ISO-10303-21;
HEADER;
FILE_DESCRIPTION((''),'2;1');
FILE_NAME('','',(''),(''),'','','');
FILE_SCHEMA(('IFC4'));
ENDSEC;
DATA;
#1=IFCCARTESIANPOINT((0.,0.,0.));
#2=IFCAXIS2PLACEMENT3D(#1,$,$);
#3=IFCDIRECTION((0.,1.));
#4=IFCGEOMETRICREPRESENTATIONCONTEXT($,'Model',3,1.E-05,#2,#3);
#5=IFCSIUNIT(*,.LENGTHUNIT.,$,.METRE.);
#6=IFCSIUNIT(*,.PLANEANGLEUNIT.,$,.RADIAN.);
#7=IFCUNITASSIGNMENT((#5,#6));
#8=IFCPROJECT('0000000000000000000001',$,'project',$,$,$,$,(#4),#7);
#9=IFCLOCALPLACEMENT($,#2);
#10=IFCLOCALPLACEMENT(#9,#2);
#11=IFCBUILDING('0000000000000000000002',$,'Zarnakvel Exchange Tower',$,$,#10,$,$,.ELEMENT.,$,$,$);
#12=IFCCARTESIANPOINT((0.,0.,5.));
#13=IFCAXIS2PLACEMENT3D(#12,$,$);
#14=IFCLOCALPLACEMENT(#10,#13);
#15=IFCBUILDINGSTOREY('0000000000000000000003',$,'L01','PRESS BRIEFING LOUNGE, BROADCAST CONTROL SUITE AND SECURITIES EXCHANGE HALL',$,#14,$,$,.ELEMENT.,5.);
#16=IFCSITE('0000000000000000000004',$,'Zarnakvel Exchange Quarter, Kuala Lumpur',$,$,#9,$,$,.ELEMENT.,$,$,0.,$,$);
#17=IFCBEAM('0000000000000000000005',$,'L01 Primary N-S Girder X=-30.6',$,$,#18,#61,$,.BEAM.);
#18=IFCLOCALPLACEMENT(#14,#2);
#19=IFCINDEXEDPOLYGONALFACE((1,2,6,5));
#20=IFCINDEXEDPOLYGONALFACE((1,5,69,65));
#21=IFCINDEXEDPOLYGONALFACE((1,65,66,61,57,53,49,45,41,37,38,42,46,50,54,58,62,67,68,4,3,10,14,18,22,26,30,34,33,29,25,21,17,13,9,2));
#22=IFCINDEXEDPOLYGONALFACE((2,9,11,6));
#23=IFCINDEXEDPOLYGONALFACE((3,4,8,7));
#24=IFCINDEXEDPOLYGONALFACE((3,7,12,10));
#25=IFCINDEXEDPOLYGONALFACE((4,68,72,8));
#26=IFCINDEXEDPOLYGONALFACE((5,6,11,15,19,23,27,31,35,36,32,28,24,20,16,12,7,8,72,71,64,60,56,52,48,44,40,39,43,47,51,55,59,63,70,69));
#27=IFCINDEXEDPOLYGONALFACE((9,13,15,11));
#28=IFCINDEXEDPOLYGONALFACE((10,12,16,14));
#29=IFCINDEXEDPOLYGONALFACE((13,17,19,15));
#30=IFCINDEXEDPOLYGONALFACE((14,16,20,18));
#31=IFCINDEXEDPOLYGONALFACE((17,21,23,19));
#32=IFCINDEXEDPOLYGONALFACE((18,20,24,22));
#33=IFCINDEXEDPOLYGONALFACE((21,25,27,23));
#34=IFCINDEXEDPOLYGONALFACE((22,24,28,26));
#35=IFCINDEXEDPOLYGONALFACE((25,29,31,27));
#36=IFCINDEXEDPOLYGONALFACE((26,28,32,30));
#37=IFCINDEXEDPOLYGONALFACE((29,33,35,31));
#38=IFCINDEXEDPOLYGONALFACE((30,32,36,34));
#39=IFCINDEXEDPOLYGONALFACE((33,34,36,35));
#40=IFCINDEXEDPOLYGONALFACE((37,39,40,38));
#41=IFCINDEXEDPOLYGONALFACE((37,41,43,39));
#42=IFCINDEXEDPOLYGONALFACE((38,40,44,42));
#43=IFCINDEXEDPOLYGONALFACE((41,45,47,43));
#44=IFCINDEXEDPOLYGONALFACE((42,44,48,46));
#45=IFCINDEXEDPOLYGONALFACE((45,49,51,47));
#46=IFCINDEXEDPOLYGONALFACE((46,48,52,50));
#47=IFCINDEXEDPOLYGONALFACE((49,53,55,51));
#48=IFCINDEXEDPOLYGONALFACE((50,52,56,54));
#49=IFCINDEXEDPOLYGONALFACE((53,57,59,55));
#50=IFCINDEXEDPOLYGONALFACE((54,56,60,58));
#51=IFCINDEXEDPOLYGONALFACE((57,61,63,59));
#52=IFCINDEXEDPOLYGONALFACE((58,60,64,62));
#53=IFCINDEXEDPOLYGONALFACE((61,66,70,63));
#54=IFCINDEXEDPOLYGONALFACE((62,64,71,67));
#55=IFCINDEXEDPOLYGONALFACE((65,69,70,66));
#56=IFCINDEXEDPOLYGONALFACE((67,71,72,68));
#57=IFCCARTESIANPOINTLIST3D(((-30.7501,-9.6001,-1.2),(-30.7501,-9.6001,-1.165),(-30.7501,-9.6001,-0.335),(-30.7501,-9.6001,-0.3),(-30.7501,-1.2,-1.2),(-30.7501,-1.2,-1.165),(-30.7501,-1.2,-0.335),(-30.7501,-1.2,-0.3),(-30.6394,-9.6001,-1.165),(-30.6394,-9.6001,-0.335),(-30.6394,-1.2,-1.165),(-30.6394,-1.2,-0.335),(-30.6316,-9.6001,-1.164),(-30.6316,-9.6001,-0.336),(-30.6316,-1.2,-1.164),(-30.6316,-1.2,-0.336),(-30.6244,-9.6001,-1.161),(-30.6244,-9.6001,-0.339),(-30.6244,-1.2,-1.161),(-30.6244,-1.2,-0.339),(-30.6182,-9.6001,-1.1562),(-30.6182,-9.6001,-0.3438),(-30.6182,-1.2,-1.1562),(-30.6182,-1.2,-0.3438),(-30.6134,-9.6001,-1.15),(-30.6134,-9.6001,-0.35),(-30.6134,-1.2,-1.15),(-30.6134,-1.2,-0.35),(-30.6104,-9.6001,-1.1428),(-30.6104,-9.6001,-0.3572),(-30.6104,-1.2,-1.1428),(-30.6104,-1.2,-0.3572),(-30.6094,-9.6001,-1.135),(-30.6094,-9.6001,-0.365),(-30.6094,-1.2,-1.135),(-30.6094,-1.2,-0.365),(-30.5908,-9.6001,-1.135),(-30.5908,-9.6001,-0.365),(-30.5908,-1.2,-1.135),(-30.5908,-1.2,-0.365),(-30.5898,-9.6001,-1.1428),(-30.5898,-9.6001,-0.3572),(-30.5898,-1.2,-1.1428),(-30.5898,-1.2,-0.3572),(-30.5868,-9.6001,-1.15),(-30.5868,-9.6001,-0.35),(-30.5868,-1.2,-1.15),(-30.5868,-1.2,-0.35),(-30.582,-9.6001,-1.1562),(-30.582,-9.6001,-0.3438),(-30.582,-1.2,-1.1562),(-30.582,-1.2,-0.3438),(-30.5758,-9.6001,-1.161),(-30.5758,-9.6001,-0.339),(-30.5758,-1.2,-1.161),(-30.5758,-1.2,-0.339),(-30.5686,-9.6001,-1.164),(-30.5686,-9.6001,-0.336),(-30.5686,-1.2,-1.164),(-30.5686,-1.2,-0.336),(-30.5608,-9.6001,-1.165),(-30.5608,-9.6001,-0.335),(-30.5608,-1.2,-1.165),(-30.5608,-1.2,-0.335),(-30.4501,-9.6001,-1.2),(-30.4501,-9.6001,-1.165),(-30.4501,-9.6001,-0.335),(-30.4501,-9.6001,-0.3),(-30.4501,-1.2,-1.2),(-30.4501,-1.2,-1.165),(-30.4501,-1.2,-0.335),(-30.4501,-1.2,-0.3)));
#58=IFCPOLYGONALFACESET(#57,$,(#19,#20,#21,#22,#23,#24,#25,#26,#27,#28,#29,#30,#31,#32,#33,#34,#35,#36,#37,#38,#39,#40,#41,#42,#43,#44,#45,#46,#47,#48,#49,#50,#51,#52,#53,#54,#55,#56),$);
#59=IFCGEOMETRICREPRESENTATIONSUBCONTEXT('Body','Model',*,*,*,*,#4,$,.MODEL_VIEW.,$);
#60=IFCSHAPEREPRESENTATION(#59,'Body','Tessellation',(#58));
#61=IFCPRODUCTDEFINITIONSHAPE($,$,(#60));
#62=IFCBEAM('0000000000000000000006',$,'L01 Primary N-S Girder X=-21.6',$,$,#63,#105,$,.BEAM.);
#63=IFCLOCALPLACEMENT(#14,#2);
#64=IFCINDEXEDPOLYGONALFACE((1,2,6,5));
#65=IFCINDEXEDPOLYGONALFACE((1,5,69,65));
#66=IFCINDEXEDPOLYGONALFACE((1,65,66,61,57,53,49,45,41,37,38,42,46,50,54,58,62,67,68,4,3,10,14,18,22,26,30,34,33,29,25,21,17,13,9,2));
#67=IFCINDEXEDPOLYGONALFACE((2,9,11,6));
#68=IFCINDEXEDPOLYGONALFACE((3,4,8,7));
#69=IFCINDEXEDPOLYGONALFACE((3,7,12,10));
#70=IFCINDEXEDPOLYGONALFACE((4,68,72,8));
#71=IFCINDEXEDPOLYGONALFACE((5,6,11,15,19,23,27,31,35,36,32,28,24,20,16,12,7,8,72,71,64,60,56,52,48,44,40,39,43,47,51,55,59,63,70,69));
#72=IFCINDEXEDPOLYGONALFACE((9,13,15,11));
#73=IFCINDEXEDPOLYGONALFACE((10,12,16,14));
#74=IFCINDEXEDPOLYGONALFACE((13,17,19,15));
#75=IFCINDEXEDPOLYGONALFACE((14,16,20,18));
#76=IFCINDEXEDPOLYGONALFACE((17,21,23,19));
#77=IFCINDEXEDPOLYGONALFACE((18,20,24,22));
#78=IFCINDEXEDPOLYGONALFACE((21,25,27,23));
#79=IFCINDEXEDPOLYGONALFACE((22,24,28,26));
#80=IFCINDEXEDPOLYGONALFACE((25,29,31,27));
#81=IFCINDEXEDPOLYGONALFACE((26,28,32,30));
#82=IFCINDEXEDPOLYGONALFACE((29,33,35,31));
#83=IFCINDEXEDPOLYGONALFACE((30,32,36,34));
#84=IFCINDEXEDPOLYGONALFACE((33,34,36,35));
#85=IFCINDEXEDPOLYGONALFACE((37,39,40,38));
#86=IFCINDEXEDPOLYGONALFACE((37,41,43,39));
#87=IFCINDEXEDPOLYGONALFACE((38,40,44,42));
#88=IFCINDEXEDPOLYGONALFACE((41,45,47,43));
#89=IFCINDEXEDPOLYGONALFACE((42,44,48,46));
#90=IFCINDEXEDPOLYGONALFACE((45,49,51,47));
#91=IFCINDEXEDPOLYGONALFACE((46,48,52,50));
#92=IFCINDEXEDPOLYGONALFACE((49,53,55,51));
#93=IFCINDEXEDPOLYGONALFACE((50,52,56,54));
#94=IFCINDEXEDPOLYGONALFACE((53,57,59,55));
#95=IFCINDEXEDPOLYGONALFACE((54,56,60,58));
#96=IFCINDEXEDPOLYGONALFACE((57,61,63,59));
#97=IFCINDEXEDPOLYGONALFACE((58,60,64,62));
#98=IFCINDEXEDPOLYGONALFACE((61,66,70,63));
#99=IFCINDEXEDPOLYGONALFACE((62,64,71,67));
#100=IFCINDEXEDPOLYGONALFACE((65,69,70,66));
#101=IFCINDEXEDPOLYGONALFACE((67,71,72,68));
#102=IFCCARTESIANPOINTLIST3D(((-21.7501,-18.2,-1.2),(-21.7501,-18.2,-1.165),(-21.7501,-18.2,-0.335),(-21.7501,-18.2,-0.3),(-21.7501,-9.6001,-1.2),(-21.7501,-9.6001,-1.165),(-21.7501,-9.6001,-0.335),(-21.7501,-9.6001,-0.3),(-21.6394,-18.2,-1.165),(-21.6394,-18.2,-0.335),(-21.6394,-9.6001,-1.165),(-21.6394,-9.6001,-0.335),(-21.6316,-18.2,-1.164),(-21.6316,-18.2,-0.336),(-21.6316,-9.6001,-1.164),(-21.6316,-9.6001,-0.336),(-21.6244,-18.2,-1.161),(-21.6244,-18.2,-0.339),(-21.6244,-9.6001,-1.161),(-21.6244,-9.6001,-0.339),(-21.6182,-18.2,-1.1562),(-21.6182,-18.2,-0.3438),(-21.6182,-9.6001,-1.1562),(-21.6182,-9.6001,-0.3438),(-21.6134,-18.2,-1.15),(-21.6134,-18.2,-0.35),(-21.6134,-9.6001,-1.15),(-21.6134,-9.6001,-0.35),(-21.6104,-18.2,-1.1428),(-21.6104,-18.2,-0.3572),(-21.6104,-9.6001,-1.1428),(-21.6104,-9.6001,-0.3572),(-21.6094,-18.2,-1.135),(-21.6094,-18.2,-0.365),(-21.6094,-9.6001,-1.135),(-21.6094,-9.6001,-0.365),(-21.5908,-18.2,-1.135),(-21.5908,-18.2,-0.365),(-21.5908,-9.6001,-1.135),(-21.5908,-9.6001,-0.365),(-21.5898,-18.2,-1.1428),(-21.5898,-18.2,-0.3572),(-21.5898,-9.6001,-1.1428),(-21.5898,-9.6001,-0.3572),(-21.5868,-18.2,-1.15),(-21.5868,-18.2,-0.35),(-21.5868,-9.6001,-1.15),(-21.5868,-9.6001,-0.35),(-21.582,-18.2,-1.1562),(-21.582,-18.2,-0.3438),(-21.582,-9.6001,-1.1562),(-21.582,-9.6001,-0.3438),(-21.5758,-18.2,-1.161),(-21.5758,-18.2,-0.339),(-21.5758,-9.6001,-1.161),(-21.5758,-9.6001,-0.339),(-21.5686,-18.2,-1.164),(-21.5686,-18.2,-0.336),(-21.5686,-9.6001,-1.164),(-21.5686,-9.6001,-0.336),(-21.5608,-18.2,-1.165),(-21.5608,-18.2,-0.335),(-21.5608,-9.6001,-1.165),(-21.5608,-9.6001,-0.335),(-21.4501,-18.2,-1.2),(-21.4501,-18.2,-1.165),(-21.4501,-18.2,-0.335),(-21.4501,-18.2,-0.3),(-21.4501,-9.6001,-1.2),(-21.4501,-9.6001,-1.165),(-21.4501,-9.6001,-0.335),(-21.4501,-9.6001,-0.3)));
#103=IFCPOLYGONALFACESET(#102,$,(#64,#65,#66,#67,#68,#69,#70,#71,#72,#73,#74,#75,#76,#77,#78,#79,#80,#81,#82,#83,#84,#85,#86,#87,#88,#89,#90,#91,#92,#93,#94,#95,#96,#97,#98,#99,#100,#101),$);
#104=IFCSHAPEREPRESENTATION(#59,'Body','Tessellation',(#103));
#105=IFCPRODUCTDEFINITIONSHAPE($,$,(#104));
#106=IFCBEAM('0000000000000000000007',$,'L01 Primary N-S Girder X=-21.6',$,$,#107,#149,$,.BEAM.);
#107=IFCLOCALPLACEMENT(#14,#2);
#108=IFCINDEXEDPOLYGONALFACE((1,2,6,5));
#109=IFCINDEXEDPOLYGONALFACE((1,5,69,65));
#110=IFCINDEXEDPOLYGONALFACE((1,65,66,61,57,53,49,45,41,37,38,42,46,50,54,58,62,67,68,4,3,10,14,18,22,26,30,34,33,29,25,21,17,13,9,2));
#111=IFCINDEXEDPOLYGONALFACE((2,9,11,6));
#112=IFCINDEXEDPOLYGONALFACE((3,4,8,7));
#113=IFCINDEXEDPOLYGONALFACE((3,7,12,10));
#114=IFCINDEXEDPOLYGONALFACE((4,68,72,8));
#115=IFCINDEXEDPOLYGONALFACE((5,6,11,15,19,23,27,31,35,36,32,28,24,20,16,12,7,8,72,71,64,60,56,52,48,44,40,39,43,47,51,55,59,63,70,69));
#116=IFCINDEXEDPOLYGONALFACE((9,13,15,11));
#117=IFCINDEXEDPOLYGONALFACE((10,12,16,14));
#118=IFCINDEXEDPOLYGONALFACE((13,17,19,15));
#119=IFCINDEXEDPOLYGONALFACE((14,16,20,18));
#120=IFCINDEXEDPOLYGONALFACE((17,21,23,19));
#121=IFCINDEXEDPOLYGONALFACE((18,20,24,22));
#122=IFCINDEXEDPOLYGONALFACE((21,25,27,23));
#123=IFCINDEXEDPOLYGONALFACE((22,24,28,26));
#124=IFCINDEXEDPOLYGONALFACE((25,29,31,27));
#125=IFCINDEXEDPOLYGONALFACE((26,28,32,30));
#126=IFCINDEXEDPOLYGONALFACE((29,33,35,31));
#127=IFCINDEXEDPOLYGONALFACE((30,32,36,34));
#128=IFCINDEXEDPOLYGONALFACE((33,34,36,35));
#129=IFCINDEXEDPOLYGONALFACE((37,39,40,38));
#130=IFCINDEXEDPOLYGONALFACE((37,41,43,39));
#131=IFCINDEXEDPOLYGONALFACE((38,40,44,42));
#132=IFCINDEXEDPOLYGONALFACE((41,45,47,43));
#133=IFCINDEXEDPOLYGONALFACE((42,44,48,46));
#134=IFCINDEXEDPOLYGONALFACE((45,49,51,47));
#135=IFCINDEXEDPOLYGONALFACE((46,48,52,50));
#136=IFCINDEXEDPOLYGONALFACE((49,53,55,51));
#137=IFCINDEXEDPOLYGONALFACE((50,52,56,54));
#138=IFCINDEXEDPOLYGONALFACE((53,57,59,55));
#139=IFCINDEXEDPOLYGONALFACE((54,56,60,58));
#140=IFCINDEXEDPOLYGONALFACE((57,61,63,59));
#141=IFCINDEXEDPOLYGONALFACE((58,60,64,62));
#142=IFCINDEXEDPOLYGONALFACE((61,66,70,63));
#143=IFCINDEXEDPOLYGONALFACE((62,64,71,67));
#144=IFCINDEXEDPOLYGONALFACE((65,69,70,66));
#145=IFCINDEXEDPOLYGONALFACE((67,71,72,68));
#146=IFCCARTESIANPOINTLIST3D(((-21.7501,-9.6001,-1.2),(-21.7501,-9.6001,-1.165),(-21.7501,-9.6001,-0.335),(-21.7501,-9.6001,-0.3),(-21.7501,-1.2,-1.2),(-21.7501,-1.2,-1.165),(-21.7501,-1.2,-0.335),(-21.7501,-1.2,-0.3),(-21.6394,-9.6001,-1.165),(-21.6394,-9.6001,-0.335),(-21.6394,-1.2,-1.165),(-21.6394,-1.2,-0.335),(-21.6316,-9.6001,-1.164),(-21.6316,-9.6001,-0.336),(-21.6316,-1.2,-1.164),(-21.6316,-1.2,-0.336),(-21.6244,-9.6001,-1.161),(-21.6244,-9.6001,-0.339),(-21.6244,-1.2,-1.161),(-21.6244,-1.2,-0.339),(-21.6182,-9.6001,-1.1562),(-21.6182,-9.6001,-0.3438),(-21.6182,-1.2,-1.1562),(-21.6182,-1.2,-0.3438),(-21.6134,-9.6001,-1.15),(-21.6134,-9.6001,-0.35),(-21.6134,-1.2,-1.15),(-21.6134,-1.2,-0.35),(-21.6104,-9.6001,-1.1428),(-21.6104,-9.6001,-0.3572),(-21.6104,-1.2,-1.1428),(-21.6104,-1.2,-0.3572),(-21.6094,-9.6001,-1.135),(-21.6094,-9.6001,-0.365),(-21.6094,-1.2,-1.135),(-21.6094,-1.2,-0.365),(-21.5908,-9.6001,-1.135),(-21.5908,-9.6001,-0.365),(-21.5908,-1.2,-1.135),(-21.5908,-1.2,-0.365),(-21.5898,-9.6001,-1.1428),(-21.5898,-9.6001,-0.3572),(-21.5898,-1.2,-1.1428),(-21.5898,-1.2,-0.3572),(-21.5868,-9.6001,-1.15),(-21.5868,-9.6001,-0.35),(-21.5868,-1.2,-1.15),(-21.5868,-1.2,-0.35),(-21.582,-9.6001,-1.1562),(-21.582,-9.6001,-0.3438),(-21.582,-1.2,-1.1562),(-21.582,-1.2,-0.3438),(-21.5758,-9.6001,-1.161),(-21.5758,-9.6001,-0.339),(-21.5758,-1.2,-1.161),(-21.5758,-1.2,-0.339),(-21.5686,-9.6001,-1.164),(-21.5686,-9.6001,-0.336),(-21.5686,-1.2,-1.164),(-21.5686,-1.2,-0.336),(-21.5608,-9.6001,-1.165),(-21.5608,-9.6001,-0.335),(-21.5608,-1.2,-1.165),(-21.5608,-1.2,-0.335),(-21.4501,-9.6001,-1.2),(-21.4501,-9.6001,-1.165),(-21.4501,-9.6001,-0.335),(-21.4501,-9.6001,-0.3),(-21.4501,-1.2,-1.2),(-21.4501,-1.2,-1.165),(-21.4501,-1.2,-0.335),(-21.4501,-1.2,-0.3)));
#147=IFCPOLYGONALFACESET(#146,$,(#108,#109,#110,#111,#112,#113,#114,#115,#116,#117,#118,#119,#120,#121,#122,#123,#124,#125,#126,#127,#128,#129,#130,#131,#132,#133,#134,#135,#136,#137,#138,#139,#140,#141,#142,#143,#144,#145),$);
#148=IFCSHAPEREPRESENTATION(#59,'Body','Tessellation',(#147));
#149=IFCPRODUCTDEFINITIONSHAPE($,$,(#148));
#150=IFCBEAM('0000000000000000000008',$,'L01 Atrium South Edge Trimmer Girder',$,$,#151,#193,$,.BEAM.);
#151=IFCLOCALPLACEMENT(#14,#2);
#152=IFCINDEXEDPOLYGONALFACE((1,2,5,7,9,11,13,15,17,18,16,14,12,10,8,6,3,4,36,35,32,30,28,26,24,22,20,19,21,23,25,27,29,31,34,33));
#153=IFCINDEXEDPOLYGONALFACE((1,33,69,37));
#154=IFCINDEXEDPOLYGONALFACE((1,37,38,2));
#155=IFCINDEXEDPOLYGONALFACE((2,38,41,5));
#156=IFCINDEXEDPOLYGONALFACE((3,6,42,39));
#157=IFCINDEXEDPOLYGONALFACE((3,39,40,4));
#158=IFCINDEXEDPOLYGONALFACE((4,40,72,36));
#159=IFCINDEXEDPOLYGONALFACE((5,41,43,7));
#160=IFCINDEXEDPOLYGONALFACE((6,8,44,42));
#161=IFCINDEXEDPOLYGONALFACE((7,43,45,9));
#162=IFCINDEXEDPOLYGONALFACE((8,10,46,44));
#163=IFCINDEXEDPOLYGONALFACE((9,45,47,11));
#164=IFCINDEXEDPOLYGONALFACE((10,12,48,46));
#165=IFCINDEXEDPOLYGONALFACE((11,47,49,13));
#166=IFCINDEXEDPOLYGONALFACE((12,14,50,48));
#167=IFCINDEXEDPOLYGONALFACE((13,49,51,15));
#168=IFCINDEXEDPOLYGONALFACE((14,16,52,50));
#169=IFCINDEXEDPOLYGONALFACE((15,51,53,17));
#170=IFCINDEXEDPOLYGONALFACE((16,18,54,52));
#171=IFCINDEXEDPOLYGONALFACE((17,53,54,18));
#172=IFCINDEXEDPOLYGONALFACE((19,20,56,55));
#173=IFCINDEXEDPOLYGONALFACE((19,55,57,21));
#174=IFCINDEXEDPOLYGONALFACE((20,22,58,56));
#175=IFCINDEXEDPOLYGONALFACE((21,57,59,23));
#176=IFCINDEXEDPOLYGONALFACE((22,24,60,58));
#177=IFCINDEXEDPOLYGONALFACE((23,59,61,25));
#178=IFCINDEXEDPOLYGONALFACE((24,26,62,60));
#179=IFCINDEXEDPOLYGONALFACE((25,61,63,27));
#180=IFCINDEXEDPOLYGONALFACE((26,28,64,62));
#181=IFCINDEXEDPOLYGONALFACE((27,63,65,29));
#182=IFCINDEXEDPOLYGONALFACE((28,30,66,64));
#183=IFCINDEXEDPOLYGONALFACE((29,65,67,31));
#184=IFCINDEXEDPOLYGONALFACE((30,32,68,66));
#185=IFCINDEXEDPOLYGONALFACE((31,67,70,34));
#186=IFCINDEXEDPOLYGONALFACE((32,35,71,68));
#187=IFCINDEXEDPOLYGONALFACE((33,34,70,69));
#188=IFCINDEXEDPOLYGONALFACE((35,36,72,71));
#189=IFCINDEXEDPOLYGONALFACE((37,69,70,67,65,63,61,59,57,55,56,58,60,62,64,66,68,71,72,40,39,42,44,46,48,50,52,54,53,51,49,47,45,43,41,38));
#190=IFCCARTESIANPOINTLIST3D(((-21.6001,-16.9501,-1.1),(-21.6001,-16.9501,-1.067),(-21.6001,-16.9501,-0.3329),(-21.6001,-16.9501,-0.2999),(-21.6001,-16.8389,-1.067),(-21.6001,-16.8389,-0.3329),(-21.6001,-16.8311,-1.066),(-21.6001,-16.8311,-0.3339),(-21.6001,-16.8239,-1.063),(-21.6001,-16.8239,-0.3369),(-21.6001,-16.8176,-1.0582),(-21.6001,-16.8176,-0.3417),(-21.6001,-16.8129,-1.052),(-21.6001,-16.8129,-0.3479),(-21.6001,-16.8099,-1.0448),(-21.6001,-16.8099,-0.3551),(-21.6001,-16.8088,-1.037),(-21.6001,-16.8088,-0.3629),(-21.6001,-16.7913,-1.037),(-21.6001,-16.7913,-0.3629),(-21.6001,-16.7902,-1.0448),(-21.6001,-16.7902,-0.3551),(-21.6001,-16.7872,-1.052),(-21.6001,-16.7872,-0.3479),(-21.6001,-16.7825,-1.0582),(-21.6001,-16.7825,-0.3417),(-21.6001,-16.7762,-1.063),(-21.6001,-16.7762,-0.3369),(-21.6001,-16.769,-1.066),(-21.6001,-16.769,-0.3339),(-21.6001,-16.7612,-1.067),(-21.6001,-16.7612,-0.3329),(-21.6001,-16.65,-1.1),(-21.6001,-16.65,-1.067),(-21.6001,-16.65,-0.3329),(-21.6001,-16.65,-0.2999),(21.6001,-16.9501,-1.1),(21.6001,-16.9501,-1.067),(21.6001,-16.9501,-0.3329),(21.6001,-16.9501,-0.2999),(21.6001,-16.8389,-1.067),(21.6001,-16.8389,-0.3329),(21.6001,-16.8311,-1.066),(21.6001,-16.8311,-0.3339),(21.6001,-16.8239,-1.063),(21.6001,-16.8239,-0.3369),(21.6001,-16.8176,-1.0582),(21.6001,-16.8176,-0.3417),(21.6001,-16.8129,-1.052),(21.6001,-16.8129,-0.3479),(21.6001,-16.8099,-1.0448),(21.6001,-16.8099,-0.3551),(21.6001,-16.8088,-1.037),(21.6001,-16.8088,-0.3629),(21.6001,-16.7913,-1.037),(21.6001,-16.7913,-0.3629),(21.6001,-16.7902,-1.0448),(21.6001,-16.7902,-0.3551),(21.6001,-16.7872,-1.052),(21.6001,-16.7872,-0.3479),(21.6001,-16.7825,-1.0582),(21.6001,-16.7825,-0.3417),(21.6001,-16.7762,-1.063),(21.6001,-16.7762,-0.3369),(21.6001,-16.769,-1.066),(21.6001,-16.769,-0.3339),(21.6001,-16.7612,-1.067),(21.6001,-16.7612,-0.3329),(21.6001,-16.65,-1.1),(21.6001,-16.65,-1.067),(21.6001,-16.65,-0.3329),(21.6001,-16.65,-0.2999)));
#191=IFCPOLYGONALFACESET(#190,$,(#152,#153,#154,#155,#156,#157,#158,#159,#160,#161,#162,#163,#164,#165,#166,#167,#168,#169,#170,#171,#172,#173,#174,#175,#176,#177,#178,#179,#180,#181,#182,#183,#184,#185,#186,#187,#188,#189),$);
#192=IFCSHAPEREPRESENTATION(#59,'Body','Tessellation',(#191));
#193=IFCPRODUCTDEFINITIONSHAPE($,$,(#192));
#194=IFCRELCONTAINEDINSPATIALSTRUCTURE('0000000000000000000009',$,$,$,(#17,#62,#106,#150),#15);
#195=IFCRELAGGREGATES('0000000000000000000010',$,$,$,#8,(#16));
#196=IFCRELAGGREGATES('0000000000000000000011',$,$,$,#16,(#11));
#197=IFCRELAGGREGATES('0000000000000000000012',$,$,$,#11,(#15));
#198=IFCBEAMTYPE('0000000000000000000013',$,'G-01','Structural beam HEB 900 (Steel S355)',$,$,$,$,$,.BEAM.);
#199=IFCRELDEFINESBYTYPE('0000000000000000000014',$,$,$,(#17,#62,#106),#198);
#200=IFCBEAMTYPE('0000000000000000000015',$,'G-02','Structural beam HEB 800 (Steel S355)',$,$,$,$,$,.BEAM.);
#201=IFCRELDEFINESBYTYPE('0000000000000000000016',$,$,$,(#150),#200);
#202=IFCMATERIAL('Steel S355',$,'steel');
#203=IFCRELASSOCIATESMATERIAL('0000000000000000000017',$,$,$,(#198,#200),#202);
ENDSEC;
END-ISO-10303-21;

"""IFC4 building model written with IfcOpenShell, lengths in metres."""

from ifc_helpers import new_model, si_unit, direction, frame, origin, origin_2d, place, context, subcontext, project, spatial, i_section, extrude, material, material_profile, profile_set, type_object, element, save


model = new_model("IFC4")

# Units and contexts
model_context = context("Model", 3, precision=1e-05, world=origin(), true_north=direction((0.0, 1.0)))
body_context = subcontext(model_context, "Body", "Model", "MODEL_VIEW")
ifc_project = project(units=[si_unit("LENGTHUNIT", "METRE"), si_unit("PLANEANGLEUNIT", "RADIAN")], contexts=[model_context])

# Site, building, storey
site_placement = place(None, origin())
site = spatial("IfcSite", under=ifc_project, at=site_placement, Name="Zarnakvel Exchange Quarter, Kuala Lumpur", CompositionType="ELEMENT", RefElevation=0.0)
building_placement = place(site_placement, origin())
building = spatial("IfcBuilding", under=site, at=building_placement, Name="Zarnakvel Exchange Tower", CompositionType="ELEMENT")
storey_placement = place(building_placement, frame((0.0, 0.0, 5.0)))
storey = spatial("IfcBuildingStorey", under=building, at=storey_placement, Name="L01", Description="PRESS BRIEFING LOUNGE, BROADCAST CONTROL SUITE AND SECURITIES EXCHANGE HALL", CompositionType="ELEMENT", Elevation=5.0)

# Beams
ifc_material_1 = material(Name="Steel S355", Category="steel")
ifc_material_profile_1 = material_profile(ifc_material_1, i_section(OverallWidth=0.3, OverallDepth=0.8999, WebThickness=0.0186, FlangeThickness=0.0349, FilletRadius=0.03, at=origin_2d()))
ifc_profile_set_1 = profile_set([ifc_material_profile_1], Name="Steel S355")
beam_type_1 = type_object("IfcBeamType", Name="G-01", Description="Structural beam HEB 900 (Steel S355)", PredefinedType="BEAM", material=ifc_profile_set_1)
beam_1_placement = place(storey_placement, frame((-30.6001, -9.6001, -0.75), z_axis=(0.0, 1.0, 0.0), x_axis=(-1.0, 0.0, 0.0)))
element("IfcBeam", 1, at=beam_1_placement, inside=storey, type_object=beam_type_1, Name="L01 Primary N-S Girder X=-30.6", PredefinedType="BEAM", context=body_context, shape_type="SweptSolid", body=[
    extrude(i_section(OverallWidth=0.3, OverallDepth=0.8999, WebThickness=0.0186, FlangeThickness=0.0349, FilletRadius=0.03, at=origin_2d()), origin(), (0.0, 0.0, 1.0), 8.4001),
])
beam_2_placement = place(storey_placement, frame((-21.6001, -18.2, -0.75), z_axis=(0.0, 1.0, 0.0), x_axis=(-1.0, 0.0, 0.0)))
element("IfcBeam", 2, at=beam_2_placement, inside=storey, type_object=beam_type_1, Name="L01 Primary N-S Girder X=-21.6", PredefinedType="BEAM", context=body_context, shape_type="SweptSolid", body=[
    extrude(i_section(OverallWidth=0.3, OverallDepth=0.8999, WebThickness=0.0186, FlangeThickness=0.0349, FilletRadius=0.03, at=origin_2d()), origin(), (0.0, 0.0, 1.0), 8.5999),
])
beam_3_placement = place(storey_placement, frame((-21.6001, -9.6001, -0.75), z_axis=(0.0, 1.0, 0.0), x_axis=(-1.0, 0.0, 0.0)))
element("IfcBeam", 3, at=beam_3_placement, inside=storey, type_object=beam_type_1, Name="L01 Primary N-S Girder X=-21.6", PredefinedType="BEAM", context=body_context, shape_type="SweptSolid", body=[
    extrude(i_section(OverallWidth=0.3, OverallDepth=0.8999, WebThickness=0.0186, FlangeThickness=0.0349, FilletRadius=0.03, at=origin_2d()), origin(), (0.0, 0.0, 1.0), 8.4001),
])
ifc_material_profile_2 = material_profile(ifc_material_1, i_section(OverallWidth=0.3, OverallDepth=0.8, WebThickness=0.0176, FlangeThickness=0.033, FilletRadius=0.03, at=origin_2d()))
ifc_profile_set_2 = profile_set([ifc_material_profile_2], Name="Steel S355")
beam_type_2 = type_object("IfcBeamType", Name="G-02", Description="Structural beam HEB 800 (Steel S355)", PredefinedType="BEAM", material=ifc_profile_set_2)
beam_4_placement = place(storey_placement, frame((-21.6001, -16.8, -0.7), z_axis=(1.0, 0.0, 0.0), x_axis=(0.0, 1.0, 0.0)))
element("IfcBeam", 4, at=beam_4_placement, inside=storey, type_object=beam_type_2, Name="L01 Atrium South Edge Trimmer Girder", PredefinedType="BEAM", context=body_context, shape_type="SweptSolid", body=[
    extrude(i_section(OverallWidth=0.3, OverallDepth=0.8, WebThickness=0.0176, FlangeThickness=0.033, FilletRadius=0.03, at=origin_2d()), origin(), (0.0, 0.0, 1.0), 43.2002),
])

save(model, "model.ifc")
